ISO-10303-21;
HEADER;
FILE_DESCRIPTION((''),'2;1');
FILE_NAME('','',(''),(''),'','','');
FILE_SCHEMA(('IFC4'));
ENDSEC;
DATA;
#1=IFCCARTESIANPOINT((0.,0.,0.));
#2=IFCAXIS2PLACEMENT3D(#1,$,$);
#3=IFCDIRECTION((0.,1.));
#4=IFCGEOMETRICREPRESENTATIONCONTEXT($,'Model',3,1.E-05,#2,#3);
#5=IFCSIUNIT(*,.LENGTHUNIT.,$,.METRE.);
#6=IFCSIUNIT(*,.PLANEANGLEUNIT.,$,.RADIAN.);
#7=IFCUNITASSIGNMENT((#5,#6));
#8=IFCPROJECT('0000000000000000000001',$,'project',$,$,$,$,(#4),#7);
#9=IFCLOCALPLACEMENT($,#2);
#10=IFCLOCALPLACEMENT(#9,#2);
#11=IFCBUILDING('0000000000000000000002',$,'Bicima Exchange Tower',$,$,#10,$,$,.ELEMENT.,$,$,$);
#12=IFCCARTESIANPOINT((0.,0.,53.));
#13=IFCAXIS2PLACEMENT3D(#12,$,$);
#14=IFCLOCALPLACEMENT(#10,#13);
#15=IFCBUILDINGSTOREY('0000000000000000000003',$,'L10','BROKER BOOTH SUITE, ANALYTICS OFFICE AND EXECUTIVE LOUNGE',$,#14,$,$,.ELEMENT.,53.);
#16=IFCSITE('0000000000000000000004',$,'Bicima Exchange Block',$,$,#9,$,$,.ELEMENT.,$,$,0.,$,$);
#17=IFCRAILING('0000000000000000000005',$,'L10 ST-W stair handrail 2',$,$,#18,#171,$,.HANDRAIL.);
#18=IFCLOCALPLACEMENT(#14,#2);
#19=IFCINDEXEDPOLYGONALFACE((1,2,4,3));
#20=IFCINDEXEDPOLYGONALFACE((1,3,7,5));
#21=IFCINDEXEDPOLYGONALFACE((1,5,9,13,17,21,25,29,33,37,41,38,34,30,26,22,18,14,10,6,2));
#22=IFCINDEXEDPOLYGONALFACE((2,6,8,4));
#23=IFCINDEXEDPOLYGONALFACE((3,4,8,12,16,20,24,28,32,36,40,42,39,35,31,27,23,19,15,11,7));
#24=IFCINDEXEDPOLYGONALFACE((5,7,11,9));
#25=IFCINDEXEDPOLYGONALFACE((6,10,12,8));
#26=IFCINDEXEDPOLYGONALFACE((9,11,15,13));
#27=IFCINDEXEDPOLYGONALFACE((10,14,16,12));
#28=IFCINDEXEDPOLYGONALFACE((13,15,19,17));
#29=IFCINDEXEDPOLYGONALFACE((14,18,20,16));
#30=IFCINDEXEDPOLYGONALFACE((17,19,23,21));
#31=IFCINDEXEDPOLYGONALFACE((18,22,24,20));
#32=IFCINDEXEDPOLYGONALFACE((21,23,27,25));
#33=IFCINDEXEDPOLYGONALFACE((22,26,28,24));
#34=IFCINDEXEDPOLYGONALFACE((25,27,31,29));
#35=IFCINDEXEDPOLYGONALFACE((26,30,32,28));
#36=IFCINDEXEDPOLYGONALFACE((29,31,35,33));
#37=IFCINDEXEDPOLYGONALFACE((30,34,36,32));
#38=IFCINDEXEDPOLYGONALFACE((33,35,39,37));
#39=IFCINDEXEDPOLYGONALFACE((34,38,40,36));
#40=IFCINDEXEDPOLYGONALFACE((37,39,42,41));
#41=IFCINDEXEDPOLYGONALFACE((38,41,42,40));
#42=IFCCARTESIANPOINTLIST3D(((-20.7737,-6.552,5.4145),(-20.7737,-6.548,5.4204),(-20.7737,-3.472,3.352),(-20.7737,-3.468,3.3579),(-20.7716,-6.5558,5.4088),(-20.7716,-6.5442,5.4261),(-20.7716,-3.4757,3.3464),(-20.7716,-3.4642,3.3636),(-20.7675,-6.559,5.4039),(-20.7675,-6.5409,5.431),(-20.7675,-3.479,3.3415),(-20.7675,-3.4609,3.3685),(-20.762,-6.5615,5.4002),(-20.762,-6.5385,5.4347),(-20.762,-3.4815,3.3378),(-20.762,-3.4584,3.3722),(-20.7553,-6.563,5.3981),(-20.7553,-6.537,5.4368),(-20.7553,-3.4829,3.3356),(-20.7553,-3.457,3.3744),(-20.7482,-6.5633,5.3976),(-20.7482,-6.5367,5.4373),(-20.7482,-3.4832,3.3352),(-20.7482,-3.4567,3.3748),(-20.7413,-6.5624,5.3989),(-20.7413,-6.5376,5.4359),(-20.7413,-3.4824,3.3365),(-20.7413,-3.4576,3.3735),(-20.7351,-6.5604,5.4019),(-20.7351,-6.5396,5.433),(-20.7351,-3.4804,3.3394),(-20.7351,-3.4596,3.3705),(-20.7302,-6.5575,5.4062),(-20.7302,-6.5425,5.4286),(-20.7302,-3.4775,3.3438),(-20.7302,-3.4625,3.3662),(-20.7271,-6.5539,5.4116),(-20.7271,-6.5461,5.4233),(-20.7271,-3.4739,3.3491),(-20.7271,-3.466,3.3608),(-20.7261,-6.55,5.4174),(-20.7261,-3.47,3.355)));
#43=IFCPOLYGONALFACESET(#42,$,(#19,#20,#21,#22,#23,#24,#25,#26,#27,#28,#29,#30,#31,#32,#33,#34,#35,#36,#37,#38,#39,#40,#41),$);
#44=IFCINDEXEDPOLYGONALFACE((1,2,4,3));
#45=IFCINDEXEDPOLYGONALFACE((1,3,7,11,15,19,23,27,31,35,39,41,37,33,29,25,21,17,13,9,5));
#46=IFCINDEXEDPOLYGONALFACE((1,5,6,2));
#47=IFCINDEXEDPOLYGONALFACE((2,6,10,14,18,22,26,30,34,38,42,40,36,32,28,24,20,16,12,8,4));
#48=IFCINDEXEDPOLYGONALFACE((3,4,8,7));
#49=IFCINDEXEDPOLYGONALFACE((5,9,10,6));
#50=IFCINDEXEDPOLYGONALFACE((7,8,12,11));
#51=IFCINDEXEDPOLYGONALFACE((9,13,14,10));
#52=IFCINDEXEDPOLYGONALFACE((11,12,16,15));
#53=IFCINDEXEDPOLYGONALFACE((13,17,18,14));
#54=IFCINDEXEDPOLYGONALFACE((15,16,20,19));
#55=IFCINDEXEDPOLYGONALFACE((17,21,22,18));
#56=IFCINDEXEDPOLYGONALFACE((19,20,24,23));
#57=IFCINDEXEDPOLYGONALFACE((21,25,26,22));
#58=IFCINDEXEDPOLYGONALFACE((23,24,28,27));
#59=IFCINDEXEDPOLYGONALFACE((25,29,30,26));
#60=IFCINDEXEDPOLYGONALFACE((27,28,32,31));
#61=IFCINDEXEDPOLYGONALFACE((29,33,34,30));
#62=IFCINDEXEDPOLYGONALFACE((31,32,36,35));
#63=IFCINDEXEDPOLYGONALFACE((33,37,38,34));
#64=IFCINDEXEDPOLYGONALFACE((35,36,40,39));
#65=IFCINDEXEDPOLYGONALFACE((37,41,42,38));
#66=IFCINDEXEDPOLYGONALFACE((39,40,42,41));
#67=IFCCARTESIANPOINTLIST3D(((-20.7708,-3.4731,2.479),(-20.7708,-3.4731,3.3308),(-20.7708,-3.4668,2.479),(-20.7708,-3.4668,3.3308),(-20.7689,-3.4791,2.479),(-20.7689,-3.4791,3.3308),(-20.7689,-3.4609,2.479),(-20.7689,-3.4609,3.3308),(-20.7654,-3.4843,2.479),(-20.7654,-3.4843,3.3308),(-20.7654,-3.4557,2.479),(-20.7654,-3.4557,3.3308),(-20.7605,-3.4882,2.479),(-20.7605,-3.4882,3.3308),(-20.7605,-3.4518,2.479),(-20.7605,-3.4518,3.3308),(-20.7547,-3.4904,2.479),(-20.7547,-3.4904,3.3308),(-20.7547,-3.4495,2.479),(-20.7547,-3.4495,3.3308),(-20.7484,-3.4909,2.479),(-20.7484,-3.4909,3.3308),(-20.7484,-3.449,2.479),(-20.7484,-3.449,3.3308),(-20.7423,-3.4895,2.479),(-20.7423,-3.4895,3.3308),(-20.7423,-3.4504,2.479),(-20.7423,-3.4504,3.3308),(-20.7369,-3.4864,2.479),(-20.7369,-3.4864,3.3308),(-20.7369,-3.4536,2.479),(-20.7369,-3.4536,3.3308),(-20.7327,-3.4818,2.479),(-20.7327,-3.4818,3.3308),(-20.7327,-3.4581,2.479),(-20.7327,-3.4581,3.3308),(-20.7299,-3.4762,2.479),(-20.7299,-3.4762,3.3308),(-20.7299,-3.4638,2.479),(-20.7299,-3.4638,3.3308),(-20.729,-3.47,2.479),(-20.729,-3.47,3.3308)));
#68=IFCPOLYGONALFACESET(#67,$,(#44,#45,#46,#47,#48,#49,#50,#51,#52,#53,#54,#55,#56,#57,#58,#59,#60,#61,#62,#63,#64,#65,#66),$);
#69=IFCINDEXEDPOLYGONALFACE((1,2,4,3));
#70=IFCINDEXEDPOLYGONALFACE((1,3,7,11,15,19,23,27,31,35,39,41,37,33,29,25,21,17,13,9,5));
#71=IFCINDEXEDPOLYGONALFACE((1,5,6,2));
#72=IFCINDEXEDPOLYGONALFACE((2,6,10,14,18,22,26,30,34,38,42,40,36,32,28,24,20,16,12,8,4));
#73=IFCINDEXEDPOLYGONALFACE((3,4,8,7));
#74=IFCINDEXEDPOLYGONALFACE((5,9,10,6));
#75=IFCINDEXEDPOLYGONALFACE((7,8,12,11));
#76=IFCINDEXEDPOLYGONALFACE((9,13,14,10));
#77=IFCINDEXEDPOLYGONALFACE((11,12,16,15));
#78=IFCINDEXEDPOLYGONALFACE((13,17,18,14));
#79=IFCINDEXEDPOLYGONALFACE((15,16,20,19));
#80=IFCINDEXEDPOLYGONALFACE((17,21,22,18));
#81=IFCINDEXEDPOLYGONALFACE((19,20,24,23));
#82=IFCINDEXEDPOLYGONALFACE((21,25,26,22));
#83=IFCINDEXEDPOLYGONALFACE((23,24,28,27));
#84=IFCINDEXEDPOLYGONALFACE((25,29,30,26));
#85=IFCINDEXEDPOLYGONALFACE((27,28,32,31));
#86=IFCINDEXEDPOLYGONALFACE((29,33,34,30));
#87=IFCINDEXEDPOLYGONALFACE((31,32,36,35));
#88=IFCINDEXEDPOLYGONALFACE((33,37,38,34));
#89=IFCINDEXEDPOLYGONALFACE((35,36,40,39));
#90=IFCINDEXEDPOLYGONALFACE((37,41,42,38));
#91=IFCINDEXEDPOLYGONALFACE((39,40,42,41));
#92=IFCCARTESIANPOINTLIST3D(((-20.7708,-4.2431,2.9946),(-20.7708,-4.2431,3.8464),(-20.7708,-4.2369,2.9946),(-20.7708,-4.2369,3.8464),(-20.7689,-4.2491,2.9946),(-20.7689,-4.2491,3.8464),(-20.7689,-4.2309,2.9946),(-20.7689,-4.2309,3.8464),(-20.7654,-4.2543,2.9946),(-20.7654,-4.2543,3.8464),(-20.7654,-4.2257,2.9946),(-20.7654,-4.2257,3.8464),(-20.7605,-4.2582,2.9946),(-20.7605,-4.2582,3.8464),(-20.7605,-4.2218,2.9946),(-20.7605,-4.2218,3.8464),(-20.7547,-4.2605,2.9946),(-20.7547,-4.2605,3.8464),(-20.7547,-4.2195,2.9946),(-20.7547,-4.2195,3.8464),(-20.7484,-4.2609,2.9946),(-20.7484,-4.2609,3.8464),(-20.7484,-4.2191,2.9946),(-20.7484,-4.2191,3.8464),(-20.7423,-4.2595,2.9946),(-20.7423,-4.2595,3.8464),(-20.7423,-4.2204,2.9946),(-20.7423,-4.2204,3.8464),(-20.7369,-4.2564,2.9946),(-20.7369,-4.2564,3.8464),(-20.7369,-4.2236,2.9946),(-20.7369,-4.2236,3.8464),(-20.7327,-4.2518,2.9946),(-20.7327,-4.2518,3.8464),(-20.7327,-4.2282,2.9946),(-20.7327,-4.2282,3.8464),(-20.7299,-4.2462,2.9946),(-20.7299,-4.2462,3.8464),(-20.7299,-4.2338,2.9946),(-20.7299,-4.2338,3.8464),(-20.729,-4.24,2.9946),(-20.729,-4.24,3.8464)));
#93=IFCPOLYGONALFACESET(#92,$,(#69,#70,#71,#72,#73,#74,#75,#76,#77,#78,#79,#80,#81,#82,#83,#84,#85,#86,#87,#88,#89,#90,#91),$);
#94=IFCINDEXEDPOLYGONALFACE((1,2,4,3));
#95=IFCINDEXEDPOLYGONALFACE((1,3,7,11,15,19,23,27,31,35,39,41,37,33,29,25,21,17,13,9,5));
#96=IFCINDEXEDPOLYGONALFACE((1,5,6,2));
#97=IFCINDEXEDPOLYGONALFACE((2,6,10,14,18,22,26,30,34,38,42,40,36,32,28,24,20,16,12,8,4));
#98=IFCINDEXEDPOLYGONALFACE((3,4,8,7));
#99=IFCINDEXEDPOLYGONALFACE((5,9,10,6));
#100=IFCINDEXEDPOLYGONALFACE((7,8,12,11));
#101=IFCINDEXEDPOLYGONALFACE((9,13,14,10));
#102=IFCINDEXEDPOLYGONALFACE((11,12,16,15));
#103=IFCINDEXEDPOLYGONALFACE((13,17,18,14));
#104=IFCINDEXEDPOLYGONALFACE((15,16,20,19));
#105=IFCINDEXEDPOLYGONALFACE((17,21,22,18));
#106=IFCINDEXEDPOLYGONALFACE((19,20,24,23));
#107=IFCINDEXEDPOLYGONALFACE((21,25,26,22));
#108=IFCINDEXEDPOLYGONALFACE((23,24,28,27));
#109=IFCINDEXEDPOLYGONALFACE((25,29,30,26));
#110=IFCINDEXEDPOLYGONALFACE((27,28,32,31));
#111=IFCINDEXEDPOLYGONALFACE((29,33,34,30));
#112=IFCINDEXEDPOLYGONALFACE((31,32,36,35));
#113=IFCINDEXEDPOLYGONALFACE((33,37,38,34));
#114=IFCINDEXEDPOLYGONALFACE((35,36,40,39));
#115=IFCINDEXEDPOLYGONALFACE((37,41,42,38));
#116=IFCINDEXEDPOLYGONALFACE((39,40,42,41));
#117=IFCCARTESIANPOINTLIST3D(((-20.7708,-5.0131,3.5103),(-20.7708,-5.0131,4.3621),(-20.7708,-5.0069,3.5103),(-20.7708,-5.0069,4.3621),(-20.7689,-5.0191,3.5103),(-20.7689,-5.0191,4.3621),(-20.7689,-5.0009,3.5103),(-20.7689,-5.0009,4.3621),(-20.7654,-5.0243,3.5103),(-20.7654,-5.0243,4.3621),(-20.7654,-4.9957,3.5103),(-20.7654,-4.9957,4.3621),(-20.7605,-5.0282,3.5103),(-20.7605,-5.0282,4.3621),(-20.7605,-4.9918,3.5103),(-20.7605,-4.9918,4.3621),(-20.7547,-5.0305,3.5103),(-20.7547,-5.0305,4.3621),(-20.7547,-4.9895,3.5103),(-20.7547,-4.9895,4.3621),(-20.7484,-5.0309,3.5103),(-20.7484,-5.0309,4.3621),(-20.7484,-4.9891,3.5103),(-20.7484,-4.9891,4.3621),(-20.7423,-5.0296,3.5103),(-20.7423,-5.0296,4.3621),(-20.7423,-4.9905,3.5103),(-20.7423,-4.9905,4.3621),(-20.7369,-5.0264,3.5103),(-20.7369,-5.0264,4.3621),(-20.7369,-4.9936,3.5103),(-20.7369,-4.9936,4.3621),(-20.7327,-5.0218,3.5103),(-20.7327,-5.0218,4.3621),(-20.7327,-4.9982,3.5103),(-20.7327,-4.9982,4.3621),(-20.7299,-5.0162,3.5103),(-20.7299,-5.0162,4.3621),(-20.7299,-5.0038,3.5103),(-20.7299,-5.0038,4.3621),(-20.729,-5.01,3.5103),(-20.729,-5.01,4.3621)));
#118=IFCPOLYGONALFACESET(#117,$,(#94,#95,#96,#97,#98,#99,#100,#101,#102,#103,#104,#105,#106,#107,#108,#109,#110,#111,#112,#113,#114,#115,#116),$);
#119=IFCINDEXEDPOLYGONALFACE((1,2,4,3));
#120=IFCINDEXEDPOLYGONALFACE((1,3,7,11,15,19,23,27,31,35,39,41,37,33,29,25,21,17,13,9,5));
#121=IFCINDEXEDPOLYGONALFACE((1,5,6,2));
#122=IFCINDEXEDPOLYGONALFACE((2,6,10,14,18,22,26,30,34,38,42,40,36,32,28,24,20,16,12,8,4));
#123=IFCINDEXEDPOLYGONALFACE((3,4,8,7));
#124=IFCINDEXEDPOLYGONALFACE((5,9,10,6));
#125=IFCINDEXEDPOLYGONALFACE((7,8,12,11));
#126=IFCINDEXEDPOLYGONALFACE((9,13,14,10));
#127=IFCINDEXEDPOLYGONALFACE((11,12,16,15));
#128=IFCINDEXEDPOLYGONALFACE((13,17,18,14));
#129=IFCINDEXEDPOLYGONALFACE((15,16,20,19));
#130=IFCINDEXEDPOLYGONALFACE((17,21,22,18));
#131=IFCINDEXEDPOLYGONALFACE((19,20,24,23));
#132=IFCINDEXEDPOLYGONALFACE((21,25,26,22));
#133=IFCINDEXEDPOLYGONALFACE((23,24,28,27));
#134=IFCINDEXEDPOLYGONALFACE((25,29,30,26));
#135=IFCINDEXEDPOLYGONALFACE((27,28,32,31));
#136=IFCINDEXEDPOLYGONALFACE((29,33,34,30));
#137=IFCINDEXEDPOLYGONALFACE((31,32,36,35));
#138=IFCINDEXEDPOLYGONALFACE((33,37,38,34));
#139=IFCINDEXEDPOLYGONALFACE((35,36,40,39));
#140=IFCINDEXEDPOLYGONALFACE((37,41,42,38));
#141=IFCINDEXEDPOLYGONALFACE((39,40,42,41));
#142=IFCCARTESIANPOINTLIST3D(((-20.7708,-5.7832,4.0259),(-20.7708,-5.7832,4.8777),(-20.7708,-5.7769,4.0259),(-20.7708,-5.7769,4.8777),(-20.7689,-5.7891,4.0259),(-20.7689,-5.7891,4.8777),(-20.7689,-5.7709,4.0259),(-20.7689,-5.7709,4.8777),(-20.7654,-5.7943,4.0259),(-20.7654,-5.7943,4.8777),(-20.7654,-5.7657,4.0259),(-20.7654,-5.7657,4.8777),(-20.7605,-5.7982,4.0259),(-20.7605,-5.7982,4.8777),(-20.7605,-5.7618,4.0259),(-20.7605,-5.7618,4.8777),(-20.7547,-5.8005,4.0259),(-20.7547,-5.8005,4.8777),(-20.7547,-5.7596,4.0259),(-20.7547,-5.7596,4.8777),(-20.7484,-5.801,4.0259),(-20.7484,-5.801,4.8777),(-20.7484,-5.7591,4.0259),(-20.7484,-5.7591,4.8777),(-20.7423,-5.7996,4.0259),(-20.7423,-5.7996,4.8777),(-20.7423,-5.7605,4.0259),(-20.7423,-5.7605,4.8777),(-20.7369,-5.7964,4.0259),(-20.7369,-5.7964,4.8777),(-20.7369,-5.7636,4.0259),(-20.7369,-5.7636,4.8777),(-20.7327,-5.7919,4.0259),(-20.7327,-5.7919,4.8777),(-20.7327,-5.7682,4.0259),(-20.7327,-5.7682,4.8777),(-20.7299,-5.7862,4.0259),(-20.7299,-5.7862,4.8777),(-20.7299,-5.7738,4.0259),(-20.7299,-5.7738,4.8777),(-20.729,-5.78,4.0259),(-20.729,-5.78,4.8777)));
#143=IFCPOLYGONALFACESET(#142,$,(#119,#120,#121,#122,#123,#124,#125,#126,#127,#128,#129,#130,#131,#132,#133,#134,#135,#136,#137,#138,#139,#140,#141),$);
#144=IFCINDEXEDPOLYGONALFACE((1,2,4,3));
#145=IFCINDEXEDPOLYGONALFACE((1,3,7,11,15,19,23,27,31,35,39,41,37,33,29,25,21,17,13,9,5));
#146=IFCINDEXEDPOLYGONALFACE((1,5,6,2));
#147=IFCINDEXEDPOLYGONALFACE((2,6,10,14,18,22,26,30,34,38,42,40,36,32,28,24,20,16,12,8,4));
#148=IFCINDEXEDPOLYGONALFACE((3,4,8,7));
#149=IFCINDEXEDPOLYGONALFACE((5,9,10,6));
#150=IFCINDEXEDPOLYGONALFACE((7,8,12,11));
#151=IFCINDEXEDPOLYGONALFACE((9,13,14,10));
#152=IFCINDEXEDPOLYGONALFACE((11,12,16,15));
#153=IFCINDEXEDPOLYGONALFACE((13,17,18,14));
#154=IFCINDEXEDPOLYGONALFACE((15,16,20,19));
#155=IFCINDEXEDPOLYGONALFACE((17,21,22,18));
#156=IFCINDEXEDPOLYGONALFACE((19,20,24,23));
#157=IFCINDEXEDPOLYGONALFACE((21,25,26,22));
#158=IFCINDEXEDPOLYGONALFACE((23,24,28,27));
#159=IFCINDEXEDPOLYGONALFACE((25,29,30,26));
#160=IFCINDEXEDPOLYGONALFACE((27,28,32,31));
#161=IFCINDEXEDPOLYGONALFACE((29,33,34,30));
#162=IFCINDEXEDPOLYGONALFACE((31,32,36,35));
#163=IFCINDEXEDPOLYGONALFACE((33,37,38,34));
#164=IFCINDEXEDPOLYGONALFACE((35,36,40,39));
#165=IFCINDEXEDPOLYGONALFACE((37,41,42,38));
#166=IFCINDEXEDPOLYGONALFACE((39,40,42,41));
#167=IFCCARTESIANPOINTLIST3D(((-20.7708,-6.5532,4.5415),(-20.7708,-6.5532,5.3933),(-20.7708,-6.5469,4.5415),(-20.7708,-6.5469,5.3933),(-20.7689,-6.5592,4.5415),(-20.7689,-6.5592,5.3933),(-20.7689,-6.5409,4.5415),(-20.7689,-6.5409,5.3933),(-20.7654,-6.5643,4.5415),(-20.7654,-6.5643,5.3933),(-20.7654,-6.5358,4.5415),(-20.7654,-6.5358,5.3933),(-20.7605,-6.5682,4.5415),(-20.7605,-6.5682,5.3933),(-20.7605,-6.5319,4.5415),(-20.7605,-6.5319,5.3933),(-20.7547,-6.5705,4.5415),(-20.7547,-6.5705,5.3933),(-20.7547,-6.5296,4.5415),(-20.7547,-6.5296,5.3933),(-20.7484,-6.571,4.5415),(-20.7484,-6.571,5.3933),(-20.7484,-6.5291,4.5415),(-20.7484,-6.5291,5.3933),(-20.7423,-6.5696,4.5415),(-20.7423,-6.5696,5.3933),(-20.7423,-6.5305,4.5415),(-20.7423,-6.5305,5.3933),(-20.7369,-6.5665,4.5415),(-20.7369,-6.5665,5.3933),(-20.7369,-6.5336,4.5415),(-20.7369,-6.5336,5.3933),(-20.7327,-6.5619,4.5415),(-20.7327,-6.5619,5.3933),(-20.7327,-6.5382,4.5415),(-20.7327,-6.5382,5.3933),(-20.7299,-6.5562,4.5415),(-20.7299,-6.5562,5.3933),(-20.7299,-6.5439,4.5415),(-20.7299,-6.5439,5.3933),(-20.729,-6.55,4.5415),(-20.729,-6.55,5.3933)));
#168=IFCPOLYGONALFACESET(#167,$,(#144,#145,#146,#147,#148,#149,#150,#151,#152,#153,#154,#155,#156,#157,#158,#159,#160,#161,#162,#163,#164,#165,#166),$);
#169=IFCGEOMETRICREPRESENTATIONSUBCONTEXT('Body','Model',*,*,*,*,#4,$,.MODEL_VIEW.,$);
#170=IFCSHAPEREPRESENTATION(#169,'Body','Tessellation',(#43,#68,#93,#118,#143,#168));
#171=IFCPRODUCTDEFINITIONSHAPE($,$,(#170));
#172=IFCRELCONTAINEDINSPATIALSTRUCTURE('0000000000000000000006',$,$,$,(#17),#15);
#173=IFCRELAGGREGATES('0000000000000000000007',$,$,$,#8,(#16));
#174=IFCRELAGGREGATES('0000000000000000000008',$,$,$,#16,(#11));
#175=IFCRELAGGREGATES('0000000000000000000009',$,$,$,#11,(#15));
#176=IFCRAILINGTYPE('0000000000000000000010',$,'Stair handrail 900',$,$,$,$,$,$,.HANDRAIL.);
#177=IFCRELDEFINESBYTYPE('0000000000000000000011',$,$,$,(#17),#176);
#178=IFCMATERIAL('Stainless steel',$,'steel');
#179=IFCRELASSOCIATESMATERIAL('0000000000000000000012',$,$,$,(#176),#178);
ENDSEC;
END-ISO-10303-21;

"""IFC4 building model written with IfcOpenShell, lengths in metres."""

from ifc_helpers import new_model, si_unit, direction, frame, origin, origin_2d, place, context, subcontext, project, spatial, circle, extrude, material, type_object, element, save


model = new_model("IFC4")

# Units and contexts
model_context = context("Model", 3, precision=1e-05, world=origin(), true_north=direction((0.0, 1.0)))
body_context = subcontext(model_context, "Body", "Model", "MODEL_VIEW")
ifc_project = project(units=[si_unit("LENGTHUNIT", "METRE"), si_unit("PLANEANGLEUNIT", "RADIAN")], contexts=[model_context])

# Site, building, storey
site_placement = place(None, origin())
site = spatial("IfcSite", under=ifc_project, at=site_placement, Name="Bicima Exchange Block", CompositionType="ELEMENT", RefElevation=0.0)
building_placement = place(site_placement, origin())
building = spatial("IfcBuilding", under=site, at=building_placement, Name="Bicima Exchange Tower", CompositionType="ELEMENT")
storey_placement = place(building_placement, frame((0.0, 0.0, 53.0)))
storey = spatial("IfcBuildingStorey", under=building, at=storey_placement, Name="L10", Description="BROKER BOOTH SUITE, ANALYTICS OFFICE AND EXECUTIVE LOUNGE", CompositionType="ELEMENT", Elevation=53.0)

# Shared definitions
ifc_material_1 = material(Name="Stainless steel", Category="steel")

# Railing
railing_type_1 = type_object("IfcRailingType", Name="Stair handrail 900", PredefinedType="HANDRAIL", material=ifc_material_1)
railing_1_placement = place(storey_placement, frame((-20.75, -3.47, 2.479)))
element("IfcRailing", 1, at=railing_1_placement, inside=storey, type_object=railing_type_1, Name="L10 ST-W stair handrail 2", PredefinedType="HANDRAIL", context=body_context, shape_type="SweptSolid", body=[
    extrude(circle(Radius=0.0239, at=origin_2d()), frame((0.0, 0.0, 0.876), z_axis=(0.0, -0.830914, 0.556401), x_axis=(1.0, 0.0, 0.0)), (0.0, 0.0, 1.0), 3.7068),
    extrude(circle(Radius=0.021, at=origin_2d()), origin(), (0.0, 0.0, 1.0), 0.8518),
    extrude(circle(Radius=0.021, at=origin_2d()), frame((0.0, -0.77, 0.5156)), (0.0, 0.0, 1.0), 0.8518),
    extrude(circle(Radius=0.021, at=origin_2d()), frame((0.0, -1.54, 1.0312)), (0.0, 0.0, 1.0), 0.8518),
    extrude(circle(Radius=0.021, at=origin_2d()), frame((0.0, -2.3101, 1.5469)), (0.0, 0.0, 1.0), 0.8518),
    extrude(circle(Radius=0.021, at=origin_2d()), frame((0.0, -3.0801, 2.0625)), (0.0, 0.0, 1.0), 0.8518),
])

save(model, "model.ifc")
